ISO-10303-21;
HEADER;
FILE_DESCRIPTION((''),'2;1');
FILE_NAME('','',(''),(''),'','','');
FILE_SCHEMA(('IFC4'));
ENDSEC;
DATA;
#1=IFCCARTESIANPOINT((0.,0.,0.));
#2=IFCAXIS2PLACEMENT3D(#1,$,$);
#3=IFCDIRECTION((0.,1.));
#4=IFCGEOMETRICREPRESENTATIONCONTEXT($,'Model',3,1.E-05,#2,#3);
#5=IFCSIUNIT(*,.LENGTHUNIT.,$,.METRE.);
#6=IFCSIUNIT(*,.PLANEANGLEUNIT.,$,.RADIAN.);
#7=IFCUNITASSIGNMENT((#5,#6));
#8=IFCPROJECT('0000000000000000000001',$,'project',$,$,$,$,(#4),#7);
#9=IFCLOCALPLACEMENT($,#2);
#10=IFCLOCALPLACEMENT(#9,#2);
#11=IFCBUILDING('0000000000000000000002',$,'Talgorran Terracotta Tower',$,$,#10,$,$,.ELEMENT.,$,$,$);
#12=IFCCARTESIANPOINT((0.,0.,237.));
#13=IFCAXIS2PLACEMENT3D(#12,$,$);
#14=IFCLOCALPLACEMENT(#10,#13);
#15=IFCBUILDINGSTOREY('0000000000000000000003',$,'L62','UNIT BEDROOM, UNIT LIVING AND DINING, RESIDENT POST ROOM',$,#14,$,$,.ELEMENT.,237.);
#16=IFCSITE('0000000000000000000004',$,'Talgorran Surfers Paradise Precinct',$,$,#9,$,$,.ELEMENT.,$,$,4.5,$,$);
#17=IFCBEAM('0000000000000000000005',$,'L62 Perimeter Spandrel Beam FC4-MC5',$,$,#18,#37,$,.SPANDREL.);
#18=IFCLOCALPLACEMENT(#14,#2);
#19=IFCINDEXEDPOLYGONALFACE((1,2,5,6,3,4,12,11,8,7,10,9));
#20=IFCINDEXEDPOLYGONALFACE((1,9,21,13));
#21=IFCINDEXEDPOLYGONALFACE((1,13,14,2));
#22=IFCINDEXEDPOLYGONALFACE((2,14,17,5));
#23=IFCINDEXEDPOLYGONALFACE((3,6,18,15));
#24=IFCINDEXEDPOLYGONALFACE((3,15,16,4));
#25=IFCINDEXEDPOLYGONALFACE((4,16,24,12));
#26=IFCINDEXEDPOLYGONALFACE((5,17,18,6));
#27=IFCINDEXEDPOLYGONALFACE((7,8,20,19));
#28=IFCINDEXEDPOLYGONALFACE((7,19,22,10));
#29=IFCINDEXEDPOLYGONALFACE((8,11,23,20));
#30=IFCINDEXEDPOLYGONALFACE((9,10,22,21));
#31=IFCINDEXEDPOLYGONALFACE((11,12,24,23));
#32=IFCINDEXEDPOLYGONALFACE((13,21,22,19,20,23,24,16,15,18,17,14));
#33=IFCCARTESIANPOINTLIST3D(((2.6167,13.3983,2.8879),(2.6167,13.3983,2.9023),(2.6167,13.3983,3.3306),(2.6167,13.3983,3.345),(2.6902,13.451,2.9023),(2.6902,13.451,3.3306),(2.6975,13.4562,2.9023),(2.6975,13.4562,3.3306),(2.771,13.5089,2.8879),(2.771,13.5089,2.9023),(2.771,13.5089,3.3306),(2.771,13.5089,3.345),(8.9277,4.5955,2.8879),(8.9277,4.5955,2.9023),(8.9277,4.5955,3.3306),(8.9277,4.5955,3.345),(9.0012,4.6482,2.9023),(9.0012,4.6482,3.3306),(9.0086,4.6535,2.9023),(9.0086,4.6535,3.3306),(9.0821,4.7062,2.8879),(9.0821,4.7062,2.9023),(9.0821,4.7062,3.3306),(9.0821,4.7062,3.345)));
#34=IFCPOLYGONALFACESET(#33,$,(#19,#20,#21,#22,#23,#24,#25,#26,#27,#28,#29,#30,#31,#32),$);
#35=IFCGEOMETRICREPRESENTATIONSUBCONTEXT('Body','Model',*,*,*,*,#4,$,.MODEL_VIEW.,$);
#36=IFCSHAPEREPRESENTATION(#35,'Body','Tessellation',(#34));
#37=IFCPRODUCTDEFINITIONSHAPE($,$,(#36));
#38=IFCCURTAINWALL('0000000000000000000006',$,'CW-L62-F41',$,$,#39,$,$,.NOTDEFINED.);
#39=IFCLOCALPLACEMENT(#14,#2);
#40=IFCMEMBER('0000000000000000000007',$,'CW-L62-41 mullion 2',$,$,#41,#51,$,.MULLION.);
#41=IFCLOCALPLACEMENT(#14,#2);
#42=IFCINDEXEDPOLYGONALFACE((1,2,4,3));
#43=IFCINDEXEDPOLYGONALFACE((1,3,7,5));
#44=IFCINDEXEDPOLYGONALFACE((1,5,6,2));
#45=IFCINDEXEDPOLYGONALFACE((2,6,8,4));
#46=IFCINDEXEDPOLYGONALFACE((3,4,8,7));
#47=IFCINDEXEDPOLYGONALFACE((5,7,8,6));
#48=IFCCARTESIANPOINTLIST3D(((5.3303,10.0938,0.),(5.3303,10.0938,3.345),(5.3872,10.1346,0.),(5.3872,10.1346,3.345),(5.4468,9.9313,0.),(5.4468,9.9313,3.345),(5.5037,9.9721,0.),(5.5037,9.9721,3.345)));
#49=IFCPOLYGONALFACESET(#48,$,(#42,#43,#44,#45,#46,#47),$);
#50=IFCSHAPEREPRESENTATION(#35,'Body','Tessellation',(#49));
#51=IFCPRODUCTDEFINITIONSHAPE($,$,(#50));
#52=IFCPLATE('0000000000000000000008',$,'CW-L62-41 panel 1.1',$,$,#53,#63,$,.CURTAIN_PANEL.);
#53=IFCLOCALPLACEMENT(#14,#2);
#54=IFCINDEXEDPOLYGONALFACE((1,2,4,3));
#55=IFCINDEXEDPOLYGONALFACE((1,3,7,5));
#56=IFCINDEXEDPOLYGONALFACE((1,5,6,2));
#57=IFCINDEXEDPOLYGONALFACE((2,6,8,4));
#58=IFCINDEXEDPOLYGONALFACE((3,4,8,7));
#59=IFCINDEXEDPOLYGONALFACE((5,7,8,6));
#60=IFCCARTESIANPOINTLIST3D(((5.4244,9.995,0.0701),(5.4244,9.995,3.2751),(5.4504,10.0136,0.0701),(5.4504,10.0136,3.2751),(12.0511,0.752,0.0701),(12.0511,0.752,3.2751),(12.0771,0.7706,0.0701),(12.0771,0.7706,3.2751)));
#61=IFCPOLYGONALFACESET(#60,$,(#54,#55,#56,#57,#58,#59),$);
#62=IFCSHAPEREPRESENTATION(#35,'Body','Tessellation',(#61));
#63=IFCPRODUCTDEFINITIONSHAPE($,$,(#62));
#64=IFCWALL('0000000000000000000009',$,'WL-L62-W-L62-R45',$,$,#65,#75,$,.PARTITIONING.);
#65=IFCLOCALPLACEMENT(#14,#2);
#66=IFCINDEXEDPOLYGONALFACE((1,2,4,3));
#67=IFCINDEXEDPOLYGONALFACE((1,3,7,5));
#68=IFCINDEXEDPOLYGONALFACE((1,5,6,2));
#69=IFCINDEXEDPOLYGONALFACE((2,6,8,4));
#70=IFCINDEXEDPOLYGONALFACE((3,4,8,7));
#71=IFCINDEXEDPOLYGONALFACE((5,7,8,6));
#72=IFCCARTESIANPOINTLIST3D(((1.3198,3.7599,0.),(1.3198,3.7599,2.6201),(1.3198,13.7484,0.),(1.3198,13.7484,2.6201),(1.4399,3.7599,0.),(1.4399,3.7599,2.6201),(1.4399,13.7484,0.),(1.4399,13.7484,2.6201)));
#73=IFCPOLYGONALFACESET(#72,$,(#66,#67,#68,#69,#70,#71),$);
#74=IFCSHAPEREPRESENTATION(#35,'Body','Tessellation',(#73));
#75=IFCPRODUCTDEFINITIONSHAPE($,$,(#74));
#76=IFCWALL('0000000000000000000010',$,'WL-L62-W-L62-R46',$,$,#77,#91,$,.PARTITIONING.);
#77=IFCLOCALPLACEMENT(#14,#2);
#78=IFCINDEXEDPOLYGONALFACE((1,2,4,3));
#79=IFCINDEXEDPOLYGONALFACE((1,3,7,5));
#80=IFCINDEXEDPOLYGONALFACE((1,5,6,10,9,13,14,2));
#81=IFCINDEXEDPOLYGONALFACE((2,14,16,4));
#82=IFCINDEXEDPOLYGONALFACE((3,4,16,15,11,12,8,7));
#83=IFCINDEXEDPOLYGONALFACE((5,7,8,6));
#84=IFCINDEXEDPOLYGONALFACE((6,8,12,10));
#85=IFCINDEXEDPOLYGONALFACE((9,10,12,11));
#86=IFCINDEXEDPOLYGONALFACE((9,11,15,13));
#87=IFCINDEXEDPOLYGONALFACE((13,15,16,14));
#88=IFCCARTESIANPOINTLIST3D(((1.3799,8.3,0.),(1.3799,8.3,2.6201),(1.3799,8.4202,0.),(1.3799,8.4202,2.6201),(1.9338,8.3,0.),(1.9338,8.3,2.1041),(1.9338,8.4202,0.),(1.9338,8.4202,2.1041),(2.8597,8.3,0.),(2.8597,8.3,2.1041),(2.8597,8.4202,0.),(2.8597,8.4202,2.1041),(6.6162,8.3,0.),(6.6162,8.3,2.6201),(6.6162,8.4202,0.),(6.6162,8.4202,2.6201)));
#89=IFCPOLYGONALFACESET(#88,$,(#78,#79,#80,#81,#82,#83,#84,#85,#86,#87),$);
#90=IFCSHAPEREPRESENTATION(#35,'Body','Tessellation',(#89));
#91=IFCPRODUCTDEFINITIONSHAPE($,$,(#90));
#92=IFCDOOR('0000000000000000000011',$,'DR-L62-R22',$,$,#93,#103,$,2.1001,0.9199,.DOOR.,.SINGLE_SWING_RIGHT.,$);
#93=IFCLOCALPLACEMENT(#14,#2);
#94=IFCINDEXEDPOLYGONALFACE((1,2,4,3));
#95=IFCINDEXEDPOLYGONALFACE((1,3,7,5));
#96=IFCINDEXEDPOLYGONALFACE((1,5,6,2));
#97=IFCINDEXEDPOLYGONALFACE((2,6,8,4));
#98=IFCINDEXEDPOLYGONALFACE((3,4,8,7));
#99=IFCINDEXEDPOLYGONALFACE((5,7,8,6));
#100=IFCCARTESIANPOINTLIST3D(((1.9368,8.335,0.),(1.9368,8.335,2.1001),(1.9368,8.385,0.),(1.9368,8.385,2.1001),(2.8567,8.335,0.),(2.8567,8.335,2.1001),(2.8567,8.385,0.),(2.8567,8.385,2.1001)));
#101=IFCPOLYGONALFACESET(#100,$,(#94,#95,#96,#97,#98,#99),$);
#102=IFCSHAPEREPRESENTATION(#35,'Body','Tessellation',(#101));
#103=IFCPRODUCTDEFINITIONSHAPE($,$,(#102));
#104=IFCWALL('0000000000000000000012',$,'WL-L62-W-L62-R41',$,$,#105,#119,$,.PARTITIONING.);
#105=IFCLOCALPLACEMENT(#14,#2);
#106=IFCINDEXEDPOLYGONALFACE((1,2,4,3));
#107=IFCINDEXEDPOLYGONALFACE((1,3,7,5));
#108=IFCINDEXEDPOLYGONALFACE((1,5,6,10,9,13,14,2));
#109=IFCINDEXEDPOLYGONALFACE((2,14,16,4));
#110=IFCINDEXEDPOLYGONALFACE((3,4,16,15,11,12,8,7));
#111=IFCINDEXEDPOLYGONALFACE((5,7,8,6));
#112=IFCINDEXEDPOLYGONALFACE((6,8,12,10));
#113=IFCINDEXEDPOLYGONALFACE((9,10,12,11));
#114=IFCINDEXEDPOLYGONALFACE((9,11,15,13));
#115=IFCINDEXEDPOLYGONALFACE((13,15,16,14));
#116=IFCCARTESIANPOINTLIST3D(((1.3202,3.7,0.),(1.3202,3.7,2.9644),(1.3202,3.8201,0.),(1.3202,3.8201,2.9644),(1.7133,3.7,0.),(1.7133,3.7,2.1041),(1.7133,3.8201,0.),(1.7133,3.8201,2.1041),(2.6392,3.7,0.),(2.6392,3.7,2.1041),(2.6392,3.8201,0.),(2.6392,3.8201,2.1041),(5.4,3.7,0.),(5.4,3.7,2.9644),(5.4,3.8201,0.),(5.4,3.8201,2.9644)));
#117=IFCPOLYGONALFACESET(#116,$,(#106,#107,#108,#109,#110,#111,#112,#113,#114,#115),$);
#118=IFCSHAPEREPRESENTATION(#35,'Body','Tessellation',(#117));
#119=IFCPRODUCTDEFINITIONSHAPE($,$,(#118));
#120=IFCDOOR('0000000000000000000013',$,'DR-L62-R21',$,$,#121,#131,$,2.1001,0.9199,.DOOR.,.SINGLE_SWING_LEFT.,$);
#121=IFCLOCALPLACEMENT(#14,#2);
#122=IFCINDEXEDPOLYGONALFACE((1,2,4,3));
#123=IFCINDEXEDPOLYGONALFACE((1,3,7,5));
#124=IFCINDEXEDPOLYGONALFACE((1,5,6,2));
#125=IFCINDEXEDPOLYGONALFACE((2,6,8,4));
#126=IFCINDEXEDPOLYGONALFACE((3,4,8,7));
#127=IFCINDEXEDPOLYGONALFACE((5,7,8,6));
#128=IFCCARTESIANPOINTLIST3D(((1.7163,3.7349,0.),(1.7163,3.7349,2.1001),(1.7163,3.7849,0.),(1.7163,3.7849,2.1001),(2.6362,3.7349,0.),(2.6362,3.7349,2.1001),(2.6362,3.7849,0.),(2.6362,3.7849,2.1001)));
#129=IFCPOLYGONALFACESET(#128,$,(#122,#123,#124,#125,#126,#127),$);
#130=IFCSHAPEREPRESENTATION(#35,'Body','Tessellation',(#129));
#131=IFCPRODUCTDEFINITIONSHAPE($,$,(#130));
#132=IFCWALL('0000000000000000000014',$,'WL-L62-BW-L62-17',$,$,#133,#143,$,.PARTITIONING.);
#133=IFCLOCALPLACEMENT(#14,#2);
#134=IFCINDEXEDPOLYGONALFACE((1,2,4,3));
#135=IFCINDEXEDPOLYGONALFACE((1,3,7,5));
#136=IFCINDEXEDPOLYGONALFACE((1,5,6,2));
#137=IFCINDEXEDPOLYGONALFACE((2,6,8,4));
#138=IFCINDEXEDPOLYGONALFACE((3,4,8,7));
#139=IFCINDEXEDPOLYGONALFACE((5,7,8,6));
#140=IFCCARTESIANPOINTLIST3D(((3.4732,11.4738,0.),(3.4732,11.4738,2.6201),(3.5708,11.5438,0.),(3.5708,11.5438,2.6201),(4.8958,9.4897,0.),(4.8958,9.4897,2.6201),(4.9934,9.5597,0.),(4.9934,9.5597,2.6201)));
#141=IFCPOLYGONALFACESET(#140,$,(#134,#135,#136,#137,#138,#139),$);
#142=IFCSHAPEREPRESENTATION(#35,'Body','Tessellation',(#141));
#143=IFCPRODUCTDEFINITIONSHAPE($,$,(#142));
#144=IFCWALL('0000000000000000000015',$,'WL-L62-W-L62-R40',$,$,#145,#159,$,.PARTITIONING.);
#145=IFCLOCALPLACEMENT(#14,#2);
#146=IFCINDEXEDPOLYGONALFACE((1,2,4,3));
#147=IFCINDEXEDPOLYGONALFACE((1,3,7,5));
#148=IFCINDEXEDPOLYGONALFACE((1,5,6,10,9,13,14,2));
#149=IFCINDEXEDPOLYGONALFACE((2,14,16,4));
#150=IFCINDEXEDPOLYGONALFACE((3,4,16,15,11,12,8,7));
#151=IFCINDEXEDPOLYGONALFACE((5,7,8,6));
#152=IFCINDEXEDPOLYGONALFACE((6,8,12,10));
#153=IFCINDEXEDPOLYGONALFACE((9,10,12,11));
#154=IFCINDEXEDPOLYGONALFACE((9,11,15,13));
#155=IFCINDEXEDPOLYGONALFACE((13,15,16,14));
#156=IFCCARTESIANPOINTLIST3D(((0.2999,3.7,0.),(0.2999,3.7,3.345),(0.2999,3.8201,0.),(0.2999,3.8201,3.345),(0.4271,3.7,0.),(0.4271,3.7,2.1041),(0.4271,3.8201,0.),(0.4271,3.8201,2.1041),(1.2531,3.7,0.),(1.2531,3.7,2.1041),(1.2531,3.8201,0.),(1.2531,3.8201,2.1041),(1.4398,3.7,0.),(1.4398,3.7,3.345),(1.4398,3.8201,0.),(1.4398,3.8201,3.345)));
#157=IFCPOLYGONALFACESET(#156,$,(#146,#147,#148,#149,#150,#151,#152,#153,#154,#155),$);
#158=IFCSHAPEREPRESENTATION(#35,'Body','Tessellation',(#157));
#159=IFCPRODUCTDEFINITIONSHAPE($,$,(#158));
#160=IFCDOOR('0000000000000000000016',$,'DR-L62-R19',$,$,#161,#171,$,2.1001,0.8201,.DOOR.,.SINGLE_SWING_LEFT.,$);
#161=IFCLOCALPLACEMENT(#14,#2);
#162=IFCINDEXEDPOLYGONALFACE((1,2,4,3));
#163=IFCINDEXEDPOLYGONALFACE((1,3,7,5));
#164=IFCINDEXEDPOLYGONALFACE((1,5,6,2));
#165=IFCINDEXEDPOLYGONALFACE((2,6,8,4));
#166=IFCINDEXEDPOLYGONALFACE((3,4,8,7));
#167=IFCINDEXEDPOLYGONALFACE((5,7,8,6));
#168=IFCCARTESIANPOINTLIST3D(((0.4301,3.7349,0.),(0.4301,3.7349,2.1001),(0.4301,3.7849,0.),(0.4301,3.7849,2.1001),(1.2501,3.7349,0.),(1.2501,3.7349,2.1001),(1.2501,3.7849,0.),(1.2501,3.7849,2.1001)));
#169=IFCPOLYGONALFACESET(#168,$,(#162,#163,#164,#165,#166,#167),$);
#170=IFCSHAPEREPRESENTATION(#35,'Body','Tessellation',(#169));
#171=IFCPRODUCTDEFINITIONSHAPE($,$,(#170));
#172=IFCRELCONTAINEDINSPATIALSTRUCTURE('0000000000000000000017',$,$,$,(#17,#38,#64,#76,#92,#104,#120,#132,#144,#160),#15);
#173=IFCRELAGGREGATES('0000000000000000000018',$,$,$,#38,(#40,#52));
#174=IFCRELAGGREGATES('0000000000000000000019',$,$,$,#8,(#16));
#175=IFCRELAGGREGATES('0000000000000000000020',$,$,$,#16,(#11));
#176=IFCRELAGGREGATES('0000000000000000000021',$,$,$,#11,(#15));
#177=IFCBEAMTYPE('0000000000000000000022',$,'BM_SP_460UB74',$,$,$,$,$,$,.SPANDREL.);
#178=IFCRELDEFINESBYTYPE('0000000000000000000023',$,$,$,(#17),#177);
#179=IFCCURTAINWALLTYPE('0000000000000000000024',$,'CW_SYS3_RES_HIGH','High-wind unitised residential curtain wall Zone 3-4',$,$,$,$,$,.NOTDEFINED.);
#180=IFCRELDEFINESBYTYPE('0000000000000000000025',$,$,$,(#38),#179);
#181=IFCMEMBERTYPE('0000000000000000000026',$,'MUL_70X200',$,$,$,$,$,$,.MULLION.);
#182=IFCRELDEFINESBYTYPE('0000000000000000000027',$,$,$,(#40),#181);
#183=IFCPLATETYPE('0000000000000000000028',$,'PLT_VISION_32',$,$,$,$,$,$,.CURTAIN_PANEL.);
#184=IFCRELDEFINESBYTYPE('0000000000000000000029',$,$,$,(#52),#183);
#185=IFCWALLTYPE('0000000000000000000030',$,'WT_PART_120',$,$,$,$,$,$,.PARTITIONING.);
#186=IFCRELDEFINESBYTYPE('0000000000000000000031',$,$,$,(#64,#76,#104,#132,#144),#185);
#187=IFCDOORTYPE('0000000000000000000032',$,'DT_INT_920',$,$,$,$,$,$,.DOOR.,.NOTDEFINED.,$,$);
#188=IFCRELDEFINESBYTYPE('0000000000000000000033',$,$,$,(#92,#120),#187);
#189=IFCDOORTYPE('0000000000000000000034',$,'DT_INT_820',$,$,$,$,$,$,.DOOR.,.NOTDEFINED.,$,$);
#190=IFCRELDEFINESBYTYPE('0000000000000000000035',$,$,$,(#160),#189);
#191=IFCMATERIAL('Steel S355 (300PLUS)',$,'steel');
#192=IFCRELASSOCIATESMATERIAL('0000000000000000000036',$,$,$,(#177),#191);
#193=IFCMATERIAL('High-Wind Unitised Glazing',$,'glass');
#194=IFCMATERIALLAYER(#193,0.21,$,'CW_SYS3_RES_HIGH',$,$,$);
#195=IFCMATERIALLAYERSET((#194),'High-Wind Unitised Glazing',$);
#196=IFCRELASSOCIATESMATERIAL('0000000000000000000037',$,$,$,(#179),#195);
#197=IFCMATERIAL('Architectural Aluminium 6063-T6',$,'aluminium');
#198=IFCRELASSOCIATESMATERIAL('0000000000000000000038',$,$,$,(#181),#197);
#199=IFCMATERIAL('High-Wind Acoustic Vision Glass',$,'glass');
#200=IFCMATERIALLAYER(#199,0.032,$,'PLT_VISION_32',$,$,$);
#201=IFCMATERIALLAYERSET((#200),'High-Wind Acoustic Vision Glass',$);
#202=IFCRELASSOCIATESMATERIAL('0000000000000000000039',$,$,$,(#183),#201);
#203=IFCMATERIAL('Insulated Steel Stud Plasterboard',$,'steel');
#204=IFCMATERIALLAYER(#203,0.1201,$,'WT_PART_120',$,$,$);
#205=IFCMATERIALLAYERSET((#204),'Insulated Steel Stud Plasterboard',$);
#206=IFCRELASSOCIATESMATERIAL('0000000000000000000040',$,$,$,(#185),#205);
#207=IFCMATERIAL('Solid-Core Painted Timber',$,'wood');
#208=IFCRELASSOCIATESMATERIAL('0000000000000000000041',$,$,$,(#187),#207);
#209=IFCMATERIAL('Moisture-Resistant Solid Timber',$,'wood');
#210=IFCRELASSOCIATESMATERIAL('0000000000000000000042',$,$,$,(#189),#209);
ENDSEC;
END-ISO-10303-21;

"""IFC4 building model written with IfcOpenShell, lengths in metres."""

from ifc_helpers import new_model, si_unit, direction, frame, frame_2d, origin, origin_2d, place, context, subcontext, project, spatial, rectangle, i_section, extrude, source, transform, mapped, material, layer, layer_set, material_profile, profile_set, type_object, type_shapes, element, fill, aggregate, save


model = new_model("IFC4")

# Units and contexts
model_context = context("Model", 3, precision=1e-05, world=origin(), true_north=direction((0.0, 1.0)))
body_context = subcontext(model_context, "Body", "Model", "MODEL_VIEW")
ifc_project = project(units=[si_unit("LENGTHUNIT", "METRE"), si_unit("PLANEANGLEUNIT", "RADIAN")], contexts=[model_context])

# Site, building, storey
site_placement = place(None, origin())
site = spatial("IfcSite", under=ifc_project, at=site_placement, Name="Talgorran Surfers Paradise Precinct", CompositionType="ELEMENT", RefElevation=4.5)
building_placement = place(site_placement, origin())
building = spatial("IfcBuilding", under=site, at=building_placement, Name="Talgorran Terracotta Tower", CompositionType="ELEMENT")
storey_placement = place(building_placement, frame((0.0, 0.0, 237.0)))
storey = spatial("IfcBuildingStorey", under=building, at=storey_placement, Name="L62", Description="UNIT BEDROOM, UNIT LIVING AND DINING, RESIDENT POST ROOM", CompositionType="ELEMENT", Elevation=237.0)

# Shared definitions
ifc_material_1 = material(Name="Steel S355 (300PLUS)", Category="steel")

# Beam
ifc_material_profile_1 = material_profile(ifc_material_1, i_section(OverallWidth=0.1899, OverallDepth=0.457, WebThickness=0.009, FlangeThickness=0.0144, at=origin_2d()), Name="460UB74.6")
ifc_profile_set_1 = profile_set([ifc_material_profile_1], Name="Steel S355 (300PLUS)")
beam_type_1 = type_object("IfcBeamType", Name="BM_SP_460UB74", PredefinedType="SPANDREL", material=ifc_profile_set_1)
beam_1_placement = place(storey_placement, frame((9.0049, 4.6509, 3.1165), z_axis=(-0.582666, 0.812712, 0.0), x_axis=(-0.812712, -0.582666, 0.0)))
element("IfcBeam", 1, at=beam_1_placement, inside=storey, type_object=beam_type_1, Name="L62 Perimeter Spandrel Beam FC4-MC5", PredefinedType="SPANDREL", context=body_context, shape_type="SweptSolid", body=[
    extrude(i_section(OverallWidth=0.1899, OverallDepth=0.457, WebThickness=0.009, FlangeThickness=0.0144, at=origin_2d()), origin(), (0.0, 0.0, 1.0), 10.8313),
])

# Curtain wall, member, plate
ifc_material_2 = material(Name="High-Wind Unitised Glazing", Category="glass")
ifc_layer_1 = layer(ifc_material_2, 0.21, Name="CW_SYS3_RES_HIGH")
ifc_layer_set_1 = layer_set([ifc_layer_1], Name="High-Wind Unitised Glazing")
curtain_wall_type = type_object("IfcCurtainWallType", Name="CW_SYS3_RES_HIGH", Description="High-wind unitised residential curtain wall Zone 3-4", PredefinedType="NOTDEFINED", material=ifc_layer_set_1)
curtain_wall_placement = place(storey_placement, origin())
curtain_wall = element("IfcCurtainWall", 2, at=curtain_wall_placement, inside=storey, type_object=curtain_wall_type, Name="CW-L62-F41", PredefinedType="NOTDEFINED")
ifc_material_3 = material(Name="Architectural Aluminium 6063-T6", Category="aluminium")
ifc_material_profile_2 = material_profile(ifc_material_3, rectangle(XDim=0.0701, YDim=0.2, at=origin_2d()), Name="CWM70X200")
ifc_profile_set_2 = profile_set([ifc_material_profile_2], Name="Architectural Aluminium 6063-T6")
member_type = type_object("IfcMemberType", Name="MUL_70X200", PredefinedType="MULLION", material=ifc_profile_set_2)
member_placement = place(storey_placement, frame((5.417, 10.033, 0.0), z_axis=(0.0, 0.0, 1.0), x_axis=(-0.812713, -0.582664, 0.0)))
member = element("IfcMember", 3, at=member_placement, type_object=member_type, Name="CW-L62-41 mullion 2", PredefinedType="MULLION", context=body_context, shape_type="SweptSolid", body=[
    extrude(rectangle(XDim=0.0701, YDim=0.2, at=origin_2d()), origin(), (0.0, 0.0, 1.0), 3.345),
])
ifc_material_4 = material(Name="High-Wind Acoustic Vision Glass", Category="glass")
ifc_layer_2 = layer(ifc_material_4, 0.032, Name="PLT_VISION_32")
ifc_layer_set_2 = layer_set([ifc_layer_2], Name="High-Wind Acoustic Vision Glass")
plate_type = type_object("IfcPlateType", Name="PLT_VISION_32", PredefinedType="CURTAIN_PANEL", material=ifc_layer_set_2)
shared_shape = source(origin(), body_context, "Body", "SweptSolid", [
    extrude(rectangle(XDim=11.373, YDim=0.032, at=origin_2d()), origin(), (0.0, 0.0, 1.0), 3.2051),
])
type_shapes(plate_type, [shared_shape])
plate_placement = place(storey_placement, frame((8.7507, 5.3828, 0.0701), z_axis=(0.0, 0.0, 1.0), x_axis=(-0.582664, 0.812713, 0.0)))
plate = element("IfcPlate", 4, at=plate_placement, type_object=plate_type, Name="CW-L62-41 panel 1.1", PredefinedType="CURTAIN_PANEL", context=body_context, shape_type="MappedRepresentation", body=[
    mapped(shared_shape, transform((0.0, 0.0, 0.0), scale=1.0)),
])
aggregate(curtain_wall, [member, plate])

# Wall
ifc_material_5 = material(Name="Insulated Steel Stud Plasterboard", Category="steel")
ifc_layer_3 = layer(ifc_material_5, 0.1201, Name="WT_PART_120")
ifc_layer_set_3 = layer_set([ifc_layer_3], Name="Insulated Steel Stud Plasterboard")
wall_type = type_object("IfcWallType", Name="WT_PART_120", PredefinedType="PARTITIONING", material=ifc_layer_set_3)
wall_1_placement = place(storey_placement, frame((1.3799, 3.76, 0.0), z_axis=(0.0, 0.0, 1.0), x_axis=(0.0, 1.0, 0.0)))
element("IfcWall", 5, at=wall_1_placement, inside=storey, type_object=wall_type, Name="WL-L62-W-L62-R45", PredefinedType="PARTITIONING", context=body_context, shape_type="SweptSolid", body=[
    extrude(rectangle(XDim=9.9885, YDim=0.1201, at=frame_2d((4.9941, 0.0))), origin(), (0.0, 0.0, 1.0), 2.6201),
])

# Walls, openings, doors
wall_2_placement = place(storey_placement, frame((1.3799, 8.3601, 0.0), z_axis=(0.0, 0.0, 1.0), x_axis=(1.0, 0.0, 0.0)))
wall_2 = element("IfcWall", 6, at=wall_2_placement, inside=storey, type_object=wall_type, Name="WL-L62-W-L62-R46", PredefinedType="PARTITIONING", context=body_context, shape_type="SweptSolid", body=[
    extrude(rectangle(XDim=5.2363, YDim=0.1201, at=frame_2d((2.6182, 0.0))), origin(), (0.0, 0.0, 1.0), 2.6201),
])
opening_1_placement = place(wall_2_placement, frame((0.5569, 0.0, 0.0)))
opening_1 = element("IfcOpeningElement", 7, at=opening_1_placement, cuts=wall_2, PredefinedType="OPENING", context=body_context, shape_type="SweptSolid", body=[
    extrude(rectangle(XDim=0.9259, YDim=2.1041, at=frame_2d((0.46, 1.052))), frame((0.0, 0.0701, 0.0), z_axis=(0.0, -1.0, 0.0), x_axis=(1.0, 0.0, 0.0)), (0.0, 0.0, 1.0), 0.1401),
])
ifc_material_6 = material(Name="Solid-Core Painted Timber", Category="wood")
door_type_1 = type_object("IfcDoorType", Name="DT_INT_920", OperationType="NOTDEFINED", PredefinedType="DOOR", material=ifc_material_6)
door_1_placement = place(opening_1_placement, origin())
door_1 = element("IfcDoor", 8, at=door_1_placement, inside=storey, type_object=door_type_1, Name="DR-L62-R22", OperationType="SINGLE_SWING_RIGHT", OverallHeight=2.1001, OverallWidth=0.9199, PredefinedType="DOOR", context=body_context, shape_type="SweptSolid", body=[
    extrude(rectangle(XDim=0.9199, YDim=2.1001, at=frame_2d((0.46, 1.05))), frame((0.0, 0.0249, 0.0), z_axis=(0.0, -1.0, 0.0), x_axis=(1.0, 0.0, 0.0)), (0.0, 0.0, 1.0), 0.05),
])
fill(opening_1, door_1)
wall_3_placement = place(storey_placement, frame((1.3201, 3.76, 0.0), z_axis=(0.0, 0.0, 1.0), x_axis=(1.0, 0.0, 0.0)))
wall_3 = element("IfcWall", 9, at=wall_3_placement, inside=storey, type_object=wall_type, Name="WL-L62-W-L62-R41", PredefinedType="PARTITIONING", context=body_context, shape_type="SweptSolid", body=[
    extrude(rectangle(XDim=4.0798, YDim=0.1201, at=frame_2d((2.04, 0.0))), origin(), (0.0, 0.0, 1.0), 2.9644),
])
opening_2_placement = place(wall_3_placement, frame((0.3962, 0.0, 0.0)))
opening_2 = element("IfcOpeningElement", 10, at=opening_2_placement, cuts=wall_3, PredefinedType="OPENING", context=body_context, shape_type="SweptSolid", body=[
    extrude(rectangle(XDim=0.9259, YDim=2.1041, at=frame_2d((0.46, 1.052))), frame((0.0, 0.0701, 0.0), z_axis=(0.0, -1.0, 0.0), x_axis=(1.0, 0.0, 0.0)), (0.0, 0.0, 1.0), 0.1401),
])
door_2_placement = place(opening_2_placement, origin())
door_2 = element("IfcDoor", 11, at=door_2_placement, inside=storey, type_object=door_type_1, Name="DR-L62-R21", OperationType="SINGLE_SWING_LEFT", OverallHeight=2.1001, OverallWidth=0.9199, PredefinedType="DOOR", context=body_context, shape_type="SweptSolid", body=[
    extrude(rectangle(XDim=0.9199, YDim=2.1001, at=frame_2d((0.46, 1.05))), frame((0.0, 0.0249, 0.0), z_axis=(0.0, -1.0, 0.0), x_axis=(1.0, 0.0, 0.0)), (0.0, 0.0, 1.0), 0.05),
])
fill(opening_2, door_2)

# Wall
wall_4_placement = place(storey_placement, frame((4.9446, 9.5247, 0.0), z_axis=(0.0, 0.0, 1.0), x_axis=(-0.582694, 0.812692, 0.0)))
element("IfcWall", 12, at=wall_4_placement, inside=storey, type_object=wall_type, Name="WL-L62-BW-L62-17", PredefinedType="PARTITIONING", context=body_context, shape_type="SweptSolid", body=[
    extrude(rectangle(XDim=2.4414, YDim=0.1201, at=frame_2d((1.2207, 0.0))), origin(), (0.0, 0.0, 1.0), 2.6201),
])

# Wall, opening, door
wall_5_placement = place(storey_placement, frame((0.3, 3.76, 0.0), z_axis=(0.0, 0.0, 1.0), x_axis=(1.0, 0.0, 0.0)))
wall_5 = element("IfcWall", 13, at=wall_5_placement, inside=storey, type_object=wall_type, Name="WL-L62-W-L62-R40", PredefinedType="PARTITIONING", context=body_context, shape_type="SweptSolid", body=[
    extrude(rectangle(XDim=1.1399, YDim=0.1201, at=frame_2d((0.5698, 0.0))), origin(), (0.0, 0.0, 1.0), 3.345),
])
opening_3_placement = place(wall_5_placement, frame((0.1299, 0.0, 0.0)))
opening_3 = element("IfcOpeningElement", 14, at=opening_3_placement, cuts=wall_5, PredefinedType="OPENING", context=body_context, shape_type="SweptSolid", body=[
    extrude(rectangle(XDim=0.8261, YDim=2.1041, at=frame_2d((0.4102, 1.052))), frame((0.0, 0.0701, 0.0), z_axis=(0.0, -1.0, 0.0), x_axis=(1.0, 0.0, 0.0)), (0.0, 0.0, 1.0), 0.1401),
])
ifc_material_7 = material(Name="Moisture-Resistant Solid Timber", Category="wood")
door_type_2 = type_object("IfcDoorType", Name="DT_INT_820", OperationType="NOTDEFINED", PredefinedType="DOOR", material=ifc_material_7)
door_3_placement = place(opening_3_placement, origin())
door_3 = element("IfcDoor", 15, at=door_3_placement, inside=storey, type_object=door_type_2, Name="DR-L62-R19", OperationType="SINGLE_SWING_LEFT", OverallHeight=2.1001, OverallWidth=0.8201, PredefinedType="DOOR", context=body_context, shape_type="SweptSolid", body=[
    extrude(rectangle(XDim=0.8201, YDim=2.1001, at=frame_2d((0.4102, 1.05))), frame((0.0, 0.0249, 0.0), z_axis=(0.0, -1.0, 0.0), x_axis=(1.0, 0.0, 0.0)), (0.0, 0.0, 1.0), 0.05),
])
fill(opening_3, door_3)

save(model, "model.ifc")
